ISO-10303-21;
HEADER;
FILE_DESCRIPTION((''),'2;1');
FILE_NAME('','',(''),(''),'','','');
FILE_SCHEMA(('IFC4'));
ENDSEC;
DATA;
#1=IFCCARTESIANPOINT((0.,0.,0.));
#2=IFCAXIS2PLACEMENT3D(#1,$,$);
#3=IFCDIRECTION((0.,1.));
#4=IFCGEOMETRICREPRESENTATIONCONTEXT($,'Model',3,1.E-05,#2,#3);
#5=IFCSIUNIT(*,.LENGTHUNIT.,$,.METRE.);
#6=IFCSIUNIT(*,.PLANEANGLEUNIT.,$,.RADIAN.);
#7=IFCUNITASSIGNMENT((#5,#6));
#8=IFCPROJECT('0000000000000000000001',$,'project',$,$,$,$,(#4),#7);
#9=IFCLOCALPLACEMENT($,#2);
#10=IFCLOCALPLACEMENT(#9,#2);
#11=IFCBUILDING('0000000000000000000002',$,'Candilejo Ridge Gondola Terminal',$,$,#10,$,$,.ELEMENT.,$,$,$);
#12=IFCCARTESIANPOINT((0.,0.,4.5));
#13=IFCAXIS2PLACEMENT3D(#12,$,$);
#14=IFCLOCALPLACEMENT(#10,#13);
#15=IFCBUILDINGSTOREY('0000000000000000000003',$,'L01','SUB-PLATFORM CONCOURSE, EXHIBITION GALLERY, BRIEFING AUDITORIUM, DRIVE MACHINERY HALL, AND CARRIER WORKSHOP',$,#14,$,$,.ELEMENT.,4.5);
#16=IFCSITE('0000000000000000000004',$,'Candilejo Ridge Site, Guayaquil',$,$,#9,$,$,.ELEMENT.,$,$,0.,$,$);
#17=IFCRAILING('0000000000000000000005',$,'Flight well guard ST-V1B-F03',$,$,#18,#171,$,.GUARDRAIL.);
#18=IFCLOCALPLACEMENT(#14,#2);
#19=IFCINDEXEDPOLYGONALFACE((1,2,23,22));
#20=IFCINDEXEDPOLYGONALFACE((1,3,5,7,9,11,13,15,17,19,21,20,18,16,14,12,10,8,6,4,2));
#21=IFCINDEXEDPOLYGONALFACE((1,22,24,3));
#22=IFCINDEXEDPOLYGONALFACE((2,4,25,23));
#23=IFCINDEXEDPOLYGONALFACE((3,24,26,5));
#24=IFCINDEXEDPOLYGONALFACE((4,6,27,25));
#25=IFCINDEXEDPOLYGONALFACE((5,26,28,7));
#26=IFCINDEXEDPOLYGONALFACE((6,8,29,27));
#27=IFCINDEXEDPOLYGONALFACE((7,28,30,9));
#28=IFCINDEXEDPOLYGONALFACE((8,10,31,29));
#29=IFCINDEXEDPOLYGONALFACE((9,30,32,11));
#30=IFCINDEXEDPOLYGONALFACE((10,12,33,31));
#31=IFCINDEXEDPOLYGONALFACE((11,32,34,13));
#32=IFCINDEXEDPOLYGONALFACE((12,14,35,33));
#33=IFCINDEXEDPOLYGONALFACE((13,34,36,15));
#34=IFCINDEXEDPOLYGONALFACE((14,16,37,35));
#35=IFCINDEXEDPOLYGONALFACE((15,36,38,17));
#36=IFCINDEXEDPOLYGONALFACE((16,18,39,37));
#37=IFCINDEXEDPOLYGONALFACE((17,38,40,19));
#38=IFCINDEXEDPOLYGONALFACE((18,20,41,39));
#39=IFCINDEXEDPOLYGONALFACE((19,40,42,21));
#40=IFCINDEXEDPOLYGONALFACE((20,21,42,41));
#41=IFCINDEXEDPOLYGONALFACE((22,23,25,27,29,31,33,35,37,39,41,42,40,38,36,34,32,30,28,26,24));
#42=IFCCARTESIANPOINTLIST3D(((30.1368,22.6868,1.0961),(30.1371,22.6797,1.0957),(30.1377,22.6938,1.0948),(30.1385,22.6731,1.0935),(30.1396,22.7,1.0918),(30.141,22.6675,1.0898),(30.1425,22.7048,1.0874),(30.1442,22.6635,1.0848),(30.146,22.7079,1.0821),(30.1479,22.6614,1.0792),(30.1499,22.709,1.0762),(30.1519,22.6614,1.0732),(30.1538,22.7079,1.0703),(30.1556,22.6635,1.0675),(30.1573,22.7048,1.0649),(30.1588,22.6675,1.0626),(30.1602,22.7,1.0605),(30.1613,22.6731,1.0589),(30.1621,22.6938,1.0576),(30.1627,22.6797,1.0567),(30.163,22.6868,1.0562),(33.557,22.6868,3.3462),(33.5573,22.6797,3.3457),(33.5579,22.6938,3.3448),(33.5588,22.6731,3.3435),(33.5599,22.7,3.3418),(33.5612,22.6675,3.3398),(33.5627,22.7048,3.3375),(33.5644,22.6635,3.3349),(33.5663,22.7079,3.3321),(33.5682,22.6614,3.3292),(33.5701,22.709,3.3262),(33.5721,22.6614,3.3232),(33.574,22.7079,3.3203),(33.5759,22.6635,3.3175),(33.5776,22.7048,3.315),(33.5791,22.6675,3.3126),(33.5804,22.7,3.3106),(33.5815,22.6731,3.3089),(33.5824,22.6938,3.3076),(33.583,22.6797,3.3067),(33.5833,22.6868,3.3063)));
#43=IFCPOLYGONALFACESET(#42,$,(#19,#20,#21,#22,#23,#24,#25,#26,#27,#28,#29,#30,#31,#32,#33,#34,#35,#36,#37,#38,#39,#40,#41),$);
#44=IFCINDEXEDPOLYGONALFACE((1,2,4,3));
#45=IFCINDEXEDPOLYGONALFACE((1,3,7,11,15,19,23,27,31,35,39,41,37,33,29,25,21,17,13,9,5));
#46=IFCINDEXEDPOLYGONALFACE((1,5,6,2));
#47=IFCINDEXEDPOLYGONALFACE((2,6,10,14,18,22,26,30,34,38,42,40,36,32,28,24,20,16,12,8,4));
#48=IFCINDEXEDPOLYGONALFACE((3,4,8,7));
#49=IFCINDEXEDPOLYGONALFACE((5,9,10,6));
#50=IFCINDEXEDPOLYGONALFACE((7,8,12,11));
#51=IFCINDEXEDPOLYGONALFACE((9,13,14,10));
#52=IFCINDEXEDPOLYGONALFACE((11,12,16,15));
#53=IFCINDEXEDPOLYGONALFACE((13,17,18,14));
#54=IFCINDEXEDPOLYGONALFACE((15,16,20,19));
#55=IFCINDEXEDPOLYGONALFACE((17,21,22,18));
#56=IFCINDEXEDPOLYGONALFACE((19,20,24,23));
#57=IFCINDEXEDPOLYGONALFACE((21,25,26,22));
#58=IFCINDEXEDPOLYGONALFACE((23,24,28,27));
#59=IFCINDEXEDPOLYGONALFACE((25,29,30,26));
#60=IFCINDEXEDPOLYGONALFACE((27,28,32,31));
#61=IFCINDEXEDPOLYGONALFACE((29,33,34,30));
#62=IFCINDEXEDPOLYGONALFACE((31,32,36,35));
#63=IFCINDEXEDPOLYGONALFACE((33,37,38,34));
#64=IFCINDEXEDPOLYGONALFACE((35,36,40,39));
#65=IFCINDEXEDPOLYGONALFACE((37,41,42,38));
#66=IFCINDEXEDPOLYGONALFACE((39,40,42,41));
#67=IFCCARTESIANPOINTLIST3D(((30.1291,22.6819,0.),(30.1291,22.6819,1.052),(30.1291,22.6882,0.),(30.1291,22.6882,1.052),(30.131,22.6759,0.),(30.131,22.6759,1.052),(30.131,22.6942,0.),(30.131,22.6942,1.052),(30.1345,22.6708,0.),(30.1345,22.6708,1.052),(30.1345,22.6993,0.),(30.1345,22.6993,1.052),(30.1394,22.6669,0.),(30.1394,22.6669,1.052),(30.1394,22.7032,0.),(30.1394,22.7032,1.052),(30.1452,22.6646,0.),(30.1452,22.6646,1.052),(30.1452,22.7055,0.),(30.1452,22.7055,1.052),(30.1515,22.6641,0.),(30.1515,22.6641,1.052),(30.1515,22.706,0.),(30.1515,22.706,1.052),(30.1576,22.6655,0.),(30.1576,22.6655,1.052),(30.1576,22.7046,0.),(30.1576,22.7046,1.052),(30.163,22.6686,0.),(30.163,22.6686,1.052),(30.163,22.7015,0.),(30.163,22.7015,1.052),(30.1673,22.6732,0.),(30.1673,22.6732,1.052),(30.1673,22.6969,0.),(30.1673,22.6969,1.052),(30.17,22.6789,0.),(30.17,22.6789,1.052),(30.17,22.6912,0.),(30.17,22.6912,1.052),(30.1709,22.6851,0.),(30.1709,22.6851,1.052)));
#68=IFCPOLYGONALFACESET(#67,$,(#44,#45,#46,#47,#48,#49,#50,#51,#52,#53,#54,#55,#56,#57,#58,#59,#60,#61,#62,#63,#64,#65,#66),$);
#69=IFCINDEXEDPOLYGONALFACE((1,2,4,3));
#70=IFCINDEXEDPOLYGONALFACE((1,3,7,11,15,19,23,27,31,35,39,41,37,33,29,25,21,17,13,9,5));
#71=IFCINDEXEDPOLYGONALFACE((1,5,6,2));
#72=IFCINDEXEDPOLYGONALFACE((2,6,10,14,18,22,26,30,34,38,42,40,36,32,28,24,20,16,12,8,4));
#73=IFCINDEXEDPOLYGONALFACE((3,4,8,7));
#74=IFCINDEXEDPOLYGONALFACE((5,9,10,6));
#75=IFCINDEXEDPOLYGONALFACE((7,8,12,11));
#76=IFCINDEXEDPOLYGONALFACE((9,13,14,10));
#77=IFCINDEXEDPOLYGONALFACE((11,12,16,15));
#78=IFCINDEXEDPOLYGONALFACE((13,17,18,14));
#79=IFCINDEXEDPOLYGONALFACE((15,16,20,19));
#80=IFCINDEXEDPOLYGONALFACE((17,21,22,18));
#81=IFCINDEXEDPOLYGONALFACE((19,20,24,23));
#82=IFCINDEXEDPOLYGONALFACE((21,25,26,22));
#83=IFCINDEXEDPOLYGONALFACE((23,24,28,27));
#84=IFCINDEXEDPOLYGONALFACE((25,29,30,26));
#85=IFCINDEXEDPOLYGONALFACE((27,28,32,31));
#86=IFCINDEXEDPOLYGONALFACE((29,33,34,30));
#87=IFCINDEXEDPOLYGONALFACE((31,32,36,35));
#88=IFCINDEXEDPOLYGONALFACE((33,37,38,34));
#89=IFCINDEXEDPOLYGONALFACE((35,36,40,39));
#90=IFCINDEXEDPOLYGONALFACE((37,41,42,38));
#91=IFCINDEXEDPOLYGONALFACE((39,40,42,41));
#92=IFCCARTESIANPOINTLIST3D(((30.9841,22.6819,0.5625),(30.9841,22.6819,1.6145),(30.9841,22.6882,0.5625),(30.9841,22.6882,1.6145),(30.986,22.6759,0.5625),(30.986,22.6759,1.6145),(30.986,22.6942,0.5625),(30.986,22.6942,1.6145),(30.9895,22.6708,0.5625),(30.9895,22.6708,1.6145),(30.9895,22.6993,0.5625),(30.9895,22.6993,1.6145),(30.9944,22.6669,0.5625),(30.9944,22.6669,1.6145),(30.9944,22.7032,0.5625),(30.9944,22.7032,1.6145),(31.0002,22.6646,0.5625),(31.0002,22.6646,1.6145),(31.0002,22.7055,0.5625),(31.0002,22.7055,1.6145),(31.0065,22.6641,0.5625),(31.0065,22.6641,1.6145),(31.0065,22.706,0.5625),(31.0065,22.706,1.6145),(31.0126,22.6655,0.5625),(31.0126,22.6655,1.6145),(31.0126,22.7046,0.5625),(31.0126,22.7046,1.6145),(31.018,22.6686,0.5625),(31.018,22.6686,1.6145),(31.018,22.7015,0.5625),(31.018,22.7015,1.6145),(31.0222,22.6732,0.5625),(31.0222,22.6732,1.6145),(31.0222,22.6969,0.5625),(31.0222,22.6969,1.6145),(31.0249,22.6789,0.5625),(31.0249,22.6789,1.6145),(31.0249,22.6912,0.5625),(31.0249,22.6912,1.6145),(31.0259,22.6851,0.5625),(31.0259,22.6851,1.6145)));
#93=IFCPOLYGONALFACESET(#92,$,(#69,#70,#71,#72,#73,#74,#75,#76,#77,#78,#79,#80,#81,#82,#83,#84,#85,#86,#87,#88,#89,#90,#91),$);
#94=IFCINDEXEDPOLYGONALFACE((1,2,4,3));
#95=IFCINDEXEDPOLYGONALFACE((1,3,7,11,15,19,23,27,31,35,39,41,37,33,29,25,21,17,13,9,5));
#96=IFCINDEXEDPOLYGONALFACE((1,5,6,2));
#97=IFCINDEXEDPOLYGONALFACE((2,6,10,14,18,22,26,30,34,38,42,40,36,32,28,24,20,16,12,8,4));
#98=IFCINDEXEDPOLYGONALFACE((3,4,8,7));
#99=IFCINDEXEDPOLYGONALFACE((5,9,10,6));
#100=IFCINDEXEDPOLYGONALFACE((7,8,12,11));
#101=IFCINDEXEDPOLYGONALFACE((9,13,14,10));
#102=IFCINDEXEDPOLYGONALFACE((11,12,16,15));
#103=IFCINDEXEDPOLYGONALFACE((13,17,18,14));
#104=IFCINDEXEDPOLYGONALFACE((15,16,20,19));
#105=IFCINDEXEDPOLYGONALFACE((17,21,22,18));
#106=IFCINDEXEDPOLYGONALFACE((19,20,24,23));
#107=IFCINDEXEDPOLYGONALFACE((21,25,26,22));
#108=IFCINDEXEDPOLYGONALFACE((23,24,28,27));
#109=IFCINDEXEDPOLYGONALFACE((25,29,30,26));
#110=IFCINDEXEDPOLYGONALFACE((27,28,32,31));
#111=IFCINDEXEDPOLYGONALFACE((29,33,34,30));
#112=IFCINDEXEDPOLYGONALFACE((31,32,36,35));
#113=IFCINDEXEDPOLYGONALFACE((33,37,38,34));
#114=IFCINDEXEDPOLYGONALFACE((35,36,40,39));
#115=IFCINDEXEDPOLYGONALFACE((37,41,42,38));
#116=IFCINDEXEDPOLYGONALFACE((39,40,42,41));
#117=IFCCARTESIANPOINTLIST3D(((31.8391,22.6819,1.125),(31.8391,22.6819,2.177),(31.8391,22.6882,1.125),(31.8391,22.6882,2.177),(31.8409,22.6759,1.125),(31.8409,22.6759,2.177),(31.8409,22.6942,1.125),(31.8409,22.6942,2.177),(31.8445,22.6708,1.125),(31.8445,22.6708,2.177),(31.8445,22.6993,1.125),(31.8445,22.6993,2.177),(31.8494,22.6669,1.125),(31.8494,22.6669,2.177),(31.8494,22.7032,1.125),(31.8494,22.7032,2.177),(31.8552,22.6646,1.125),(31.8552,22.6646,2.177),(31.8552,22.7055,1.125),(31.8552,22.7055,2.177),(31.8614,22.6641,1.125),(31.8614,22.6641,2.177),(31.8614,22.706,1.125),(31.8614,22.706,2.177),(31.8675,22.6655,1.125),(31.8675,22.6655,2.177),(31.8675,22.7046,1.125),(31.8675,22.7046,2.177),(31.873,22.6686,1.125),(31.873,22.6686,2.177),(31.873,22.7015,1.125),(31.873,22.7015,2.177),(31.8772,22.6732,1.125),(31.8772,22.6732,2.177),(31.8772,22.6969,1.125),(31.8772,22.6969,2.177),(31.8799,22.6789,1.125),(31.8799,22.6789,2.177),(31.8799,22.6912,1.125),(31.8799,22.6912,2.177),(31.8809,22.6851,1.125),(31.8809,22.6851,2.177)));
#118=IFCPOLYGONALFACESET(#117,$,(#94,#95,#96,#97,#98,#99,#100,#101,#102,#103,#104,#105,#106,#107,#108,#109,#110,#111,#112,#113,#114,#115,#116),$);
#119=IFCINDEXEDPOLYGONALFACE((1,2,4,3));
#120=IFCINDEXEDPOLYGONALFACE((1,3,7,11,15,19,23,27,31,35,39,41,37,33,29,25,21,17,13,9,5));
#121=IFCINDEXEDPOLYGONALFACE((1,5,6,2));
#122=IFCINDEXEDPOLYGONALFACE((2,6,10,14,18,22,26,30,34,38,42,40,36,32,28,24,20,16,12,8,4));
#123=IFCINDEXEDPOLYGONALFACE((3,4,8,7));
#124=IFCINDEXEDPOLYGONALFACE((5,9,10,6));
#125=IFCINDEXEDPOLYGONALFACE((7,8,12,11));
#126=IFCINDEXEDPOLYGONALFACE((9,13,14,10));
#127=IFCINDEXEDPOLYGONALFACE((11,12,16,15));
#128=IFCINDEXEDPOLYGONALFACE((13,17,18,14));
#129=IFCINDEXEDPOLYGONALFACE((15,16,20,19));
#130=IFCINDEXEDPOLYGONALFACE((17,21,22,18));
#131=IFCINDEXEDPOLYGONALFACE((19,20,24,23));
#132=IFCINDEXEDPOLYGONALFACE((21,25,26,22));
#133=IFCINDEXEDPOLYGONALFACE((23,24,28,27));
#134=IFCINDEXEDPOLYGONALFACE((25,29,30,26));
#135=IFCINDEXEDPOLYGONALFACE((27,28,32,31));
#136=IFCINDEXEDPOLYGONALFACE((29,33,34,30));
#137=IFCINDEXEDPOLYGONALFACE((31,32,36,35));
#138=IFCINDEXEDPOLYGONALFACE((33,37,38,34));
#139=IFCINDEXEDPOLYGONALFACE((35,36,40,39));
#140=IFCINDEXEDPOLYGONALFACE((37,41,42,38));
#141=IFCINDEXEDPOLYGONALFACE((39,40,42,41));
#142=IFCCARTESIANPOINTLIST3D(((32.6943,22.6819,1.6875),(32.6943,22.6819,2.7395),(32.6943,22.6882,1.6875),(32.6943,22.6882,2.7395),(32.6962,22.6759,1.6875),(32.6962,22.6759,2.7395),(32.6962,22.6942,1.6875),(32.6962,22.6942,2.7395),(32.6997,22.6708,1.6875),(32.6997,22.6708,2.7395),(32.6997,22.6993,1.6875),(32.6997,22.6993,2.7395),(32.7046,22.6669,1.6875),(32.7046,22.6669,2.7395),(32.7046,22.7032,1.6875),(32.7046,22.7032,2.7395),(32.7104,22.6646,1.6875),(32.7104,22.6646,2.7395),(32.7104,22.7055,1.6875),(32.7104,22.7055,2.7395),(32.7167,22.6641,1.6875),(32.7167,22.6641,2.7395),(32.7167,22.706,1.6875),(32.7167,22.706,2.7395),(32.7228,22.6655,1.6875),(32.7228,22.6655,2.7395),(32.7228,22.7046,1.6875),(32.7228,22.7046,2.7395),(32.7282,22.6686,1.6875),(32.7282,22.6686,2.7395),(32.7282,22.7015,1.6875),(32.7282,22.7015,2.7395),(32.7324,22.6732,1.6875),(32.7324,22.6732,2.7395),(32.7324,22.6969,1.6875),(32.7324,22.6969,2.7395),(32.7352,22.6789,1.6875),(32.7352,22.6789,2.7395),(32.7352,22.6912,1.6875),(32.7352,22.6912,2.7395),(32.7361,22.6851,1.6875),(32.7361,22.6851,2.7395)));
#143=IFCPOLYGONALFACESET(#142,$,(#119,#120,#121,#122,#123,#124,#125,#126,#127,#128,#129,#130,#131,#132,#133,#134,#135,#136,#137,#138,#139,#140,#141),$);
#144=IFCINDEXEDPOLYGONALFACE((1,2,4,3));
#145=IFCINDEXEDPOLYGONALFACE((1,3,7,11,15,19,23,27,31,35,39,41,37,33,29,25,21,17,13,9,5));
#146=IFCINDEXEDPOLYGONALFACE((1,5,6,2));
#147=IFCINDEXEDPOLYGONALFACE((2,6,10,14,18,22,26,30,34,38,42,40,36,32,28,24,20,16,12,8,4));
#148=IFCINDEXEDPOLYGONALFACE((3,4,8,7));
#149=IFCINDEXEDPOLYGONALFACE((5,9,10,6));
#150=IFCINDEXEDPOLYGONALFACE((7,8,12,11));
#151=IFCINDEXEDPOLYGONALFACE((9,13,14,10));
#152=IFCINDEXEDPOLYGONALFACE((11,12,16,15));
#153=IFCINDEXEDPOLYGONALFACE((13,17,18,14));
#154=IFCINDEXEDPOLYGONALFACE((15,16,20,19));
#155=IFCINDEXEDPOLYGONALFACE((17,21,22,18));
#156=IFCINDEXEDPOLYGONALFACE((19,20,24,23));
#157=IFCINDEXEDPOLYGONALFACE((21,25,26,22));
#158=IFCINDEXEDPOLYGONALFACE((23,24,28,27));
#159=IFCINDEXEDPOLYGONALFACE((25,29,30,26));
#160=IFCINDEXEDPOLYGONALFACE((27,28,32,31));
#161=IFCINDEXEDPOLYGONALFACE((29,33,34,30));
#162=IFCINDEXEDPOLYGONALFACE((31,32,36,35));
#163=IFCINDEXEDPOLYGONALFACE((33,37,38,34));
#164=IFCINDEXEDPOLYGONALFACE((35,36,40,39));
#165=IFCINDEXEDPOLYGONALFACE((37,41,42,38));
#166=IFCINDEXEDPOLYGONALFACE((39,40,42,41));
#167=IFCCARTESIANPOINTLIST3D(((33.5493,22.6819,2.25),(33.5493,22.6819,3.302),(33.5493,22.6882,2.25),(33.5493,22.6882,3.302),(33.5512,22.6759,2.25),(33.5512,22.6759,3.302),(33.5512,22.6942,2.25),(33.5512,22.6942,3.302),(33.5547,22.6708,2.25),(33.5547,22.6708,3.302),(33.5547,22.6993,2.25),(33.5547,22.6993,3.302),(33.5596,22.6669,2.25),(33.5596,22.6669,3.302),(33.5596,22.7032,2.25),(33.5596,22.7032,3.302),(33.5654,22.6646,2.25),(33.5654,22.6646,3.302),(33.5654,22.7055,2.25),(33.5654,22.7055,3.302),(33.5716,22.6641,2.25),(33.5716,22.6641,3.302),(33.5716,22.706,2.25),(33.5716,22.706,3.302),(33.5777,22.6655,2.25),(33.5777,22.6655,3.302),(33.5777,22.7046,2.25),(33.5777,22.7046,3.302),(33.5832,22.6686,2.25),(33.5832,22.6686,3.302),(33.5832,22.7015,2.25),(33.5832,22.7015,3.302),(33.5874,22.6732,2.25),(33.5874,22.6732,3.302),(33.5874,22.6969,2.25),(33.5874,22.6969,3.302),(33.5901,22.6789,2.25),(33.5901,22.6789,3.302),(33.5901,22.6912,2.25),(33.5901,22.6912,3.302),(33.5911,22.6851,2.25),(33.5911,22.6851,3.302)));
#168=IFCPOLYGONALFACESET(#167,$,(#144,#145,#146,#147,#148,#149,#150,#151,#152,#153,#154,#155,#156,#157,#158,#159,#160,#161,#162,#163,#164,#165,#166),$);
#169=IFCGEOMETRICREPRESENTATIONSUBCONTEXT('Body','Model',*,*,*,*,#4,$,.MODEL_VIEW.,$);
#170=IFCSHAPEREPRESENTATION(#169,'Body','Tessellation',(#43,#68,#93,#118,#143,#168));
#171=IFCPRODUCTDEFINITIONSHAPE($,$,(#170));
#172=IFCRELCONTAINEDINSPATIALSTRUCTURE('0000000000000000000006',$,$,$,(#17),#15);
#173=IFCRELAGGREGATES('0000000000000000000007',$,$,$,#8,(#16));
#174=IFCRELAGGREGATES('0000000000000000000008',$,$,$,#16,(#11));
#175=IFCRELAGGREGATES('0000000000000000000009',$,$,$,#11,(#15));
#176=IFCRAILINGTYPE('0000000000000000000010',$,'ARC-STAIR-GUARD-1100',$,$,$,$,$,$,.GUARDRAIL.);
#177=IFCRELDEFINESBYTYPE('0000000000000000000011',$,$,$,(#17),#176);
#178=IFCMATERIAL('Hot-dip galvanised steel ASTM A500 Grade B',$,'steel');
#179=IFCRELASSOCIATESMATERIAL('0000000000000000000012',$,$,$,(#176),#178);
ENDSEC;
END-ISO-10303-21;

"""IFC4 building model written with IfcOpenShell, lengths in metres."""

from ifc_helpers import new_model, si_unit, direction, frame, origin, origin_2d, place, context, subcontext, project, spatial, circle, extrude, material, type_object, element, save


model = new_model("IFC4")

# Units and contexts
model_context = context("Model", 3, precision=1e-05, world=origin(), true_north=direction((0.0, 1.0)))
body_context = subcontext(model_context, "Body", "Model", "MODEL_VIEW")
ifc_project = project(units=[si_unit("LENGTHUNIT", "METRE"), si_unit("PLANEANGLEUNIT", "RADIAN")], contexts=[model_context])

# Site, building, storey
site_placement = place(None, origin())
site = spatial("IfcSite", under=ifc_project, at=site_placement, Name="Candilejo Ridge Site, Guayaquil", CompositionType="ELEMENT", RefElevation=0.0)
building_placement = place(site_placement, origin())
building = spatial("IfcBuilding", under=site, at=building_placement, Name="Candilejo Ridge Gondola Terminal", CompositionType="ELEMENT")
storey_placement = place(building_placement, frame((0.0, 0.0, 4.5)))
storey = spatial("IfcBuildingStorey", under=building, at=storey_placement, Name="L01", Description="SUB-PLATFORM CONCOURSE, EXHIBITION GALLERY, BRIEFING AUDITORIUM, DRIVE MACHINERY HALL, AND CARRIER WORKSHOP", CompositionType="ELEMENT", Elevation=4.5)

# Railing
ifc_material_1 = material(Name="Hot-dip galvanised steel ASTM A500 Grade B", Category="steel")
railing_type_1 = type_object("IfcRailingType", Name="ARC-STAIR-GUARD-1100", PredefinedType="GUARDRAIL", material=ifc_material_1)
railing_1_placement = place(storey_placement, frame((30.1499, 22.6851, 0.0)))
element("IfcRailing", 1, at=railing_1_placement, inside=storey, type_object=railing_type_1, Name="Flight well guard ST-V1B-F03", PredefinedType="GUARDRAIL", context=body_context, shape_type="SweptSolid", body=[
    extrude(circle(Radius=0.0239, at=origin_2d()), frame((0.0, 0.0, 1.0762), z_axis=(0.835429, 0.0, 0.549598), x_axis=(0.0, 1.0, 0.0)), (0.0, 0.0, 1.0), 4.094),
    extrude(circle(Radius=0.021, at=origin_2d()), origin(), (0.0, 0.0, 1.0), 1.052),
    extrude(circle(Radius=0.021, at=origin_2d()), frame((0.855, 0.0, 0.5625)), (0.0, 0.0, 1.0), 1.052),
    extrude(circle(Radius=0.021, at=origin_2d()), frame((1.71, 0.0, 1.125)), (0.0, 0.0, 1.0), 1.052),
    extrude(circle(Radius=0.021, at=origin_2d()), frame((2.5652, 0.0, 1.6875)), (0.0, 0.0, 1.0), 1.052),
    extrude(circle(Radius=0.021, at=origin_2d()), frame((3.4202, 0.0, 2.25)), (0.0, 0.0, 1.0), 1.052),
])

save(model, "model.ifc")
